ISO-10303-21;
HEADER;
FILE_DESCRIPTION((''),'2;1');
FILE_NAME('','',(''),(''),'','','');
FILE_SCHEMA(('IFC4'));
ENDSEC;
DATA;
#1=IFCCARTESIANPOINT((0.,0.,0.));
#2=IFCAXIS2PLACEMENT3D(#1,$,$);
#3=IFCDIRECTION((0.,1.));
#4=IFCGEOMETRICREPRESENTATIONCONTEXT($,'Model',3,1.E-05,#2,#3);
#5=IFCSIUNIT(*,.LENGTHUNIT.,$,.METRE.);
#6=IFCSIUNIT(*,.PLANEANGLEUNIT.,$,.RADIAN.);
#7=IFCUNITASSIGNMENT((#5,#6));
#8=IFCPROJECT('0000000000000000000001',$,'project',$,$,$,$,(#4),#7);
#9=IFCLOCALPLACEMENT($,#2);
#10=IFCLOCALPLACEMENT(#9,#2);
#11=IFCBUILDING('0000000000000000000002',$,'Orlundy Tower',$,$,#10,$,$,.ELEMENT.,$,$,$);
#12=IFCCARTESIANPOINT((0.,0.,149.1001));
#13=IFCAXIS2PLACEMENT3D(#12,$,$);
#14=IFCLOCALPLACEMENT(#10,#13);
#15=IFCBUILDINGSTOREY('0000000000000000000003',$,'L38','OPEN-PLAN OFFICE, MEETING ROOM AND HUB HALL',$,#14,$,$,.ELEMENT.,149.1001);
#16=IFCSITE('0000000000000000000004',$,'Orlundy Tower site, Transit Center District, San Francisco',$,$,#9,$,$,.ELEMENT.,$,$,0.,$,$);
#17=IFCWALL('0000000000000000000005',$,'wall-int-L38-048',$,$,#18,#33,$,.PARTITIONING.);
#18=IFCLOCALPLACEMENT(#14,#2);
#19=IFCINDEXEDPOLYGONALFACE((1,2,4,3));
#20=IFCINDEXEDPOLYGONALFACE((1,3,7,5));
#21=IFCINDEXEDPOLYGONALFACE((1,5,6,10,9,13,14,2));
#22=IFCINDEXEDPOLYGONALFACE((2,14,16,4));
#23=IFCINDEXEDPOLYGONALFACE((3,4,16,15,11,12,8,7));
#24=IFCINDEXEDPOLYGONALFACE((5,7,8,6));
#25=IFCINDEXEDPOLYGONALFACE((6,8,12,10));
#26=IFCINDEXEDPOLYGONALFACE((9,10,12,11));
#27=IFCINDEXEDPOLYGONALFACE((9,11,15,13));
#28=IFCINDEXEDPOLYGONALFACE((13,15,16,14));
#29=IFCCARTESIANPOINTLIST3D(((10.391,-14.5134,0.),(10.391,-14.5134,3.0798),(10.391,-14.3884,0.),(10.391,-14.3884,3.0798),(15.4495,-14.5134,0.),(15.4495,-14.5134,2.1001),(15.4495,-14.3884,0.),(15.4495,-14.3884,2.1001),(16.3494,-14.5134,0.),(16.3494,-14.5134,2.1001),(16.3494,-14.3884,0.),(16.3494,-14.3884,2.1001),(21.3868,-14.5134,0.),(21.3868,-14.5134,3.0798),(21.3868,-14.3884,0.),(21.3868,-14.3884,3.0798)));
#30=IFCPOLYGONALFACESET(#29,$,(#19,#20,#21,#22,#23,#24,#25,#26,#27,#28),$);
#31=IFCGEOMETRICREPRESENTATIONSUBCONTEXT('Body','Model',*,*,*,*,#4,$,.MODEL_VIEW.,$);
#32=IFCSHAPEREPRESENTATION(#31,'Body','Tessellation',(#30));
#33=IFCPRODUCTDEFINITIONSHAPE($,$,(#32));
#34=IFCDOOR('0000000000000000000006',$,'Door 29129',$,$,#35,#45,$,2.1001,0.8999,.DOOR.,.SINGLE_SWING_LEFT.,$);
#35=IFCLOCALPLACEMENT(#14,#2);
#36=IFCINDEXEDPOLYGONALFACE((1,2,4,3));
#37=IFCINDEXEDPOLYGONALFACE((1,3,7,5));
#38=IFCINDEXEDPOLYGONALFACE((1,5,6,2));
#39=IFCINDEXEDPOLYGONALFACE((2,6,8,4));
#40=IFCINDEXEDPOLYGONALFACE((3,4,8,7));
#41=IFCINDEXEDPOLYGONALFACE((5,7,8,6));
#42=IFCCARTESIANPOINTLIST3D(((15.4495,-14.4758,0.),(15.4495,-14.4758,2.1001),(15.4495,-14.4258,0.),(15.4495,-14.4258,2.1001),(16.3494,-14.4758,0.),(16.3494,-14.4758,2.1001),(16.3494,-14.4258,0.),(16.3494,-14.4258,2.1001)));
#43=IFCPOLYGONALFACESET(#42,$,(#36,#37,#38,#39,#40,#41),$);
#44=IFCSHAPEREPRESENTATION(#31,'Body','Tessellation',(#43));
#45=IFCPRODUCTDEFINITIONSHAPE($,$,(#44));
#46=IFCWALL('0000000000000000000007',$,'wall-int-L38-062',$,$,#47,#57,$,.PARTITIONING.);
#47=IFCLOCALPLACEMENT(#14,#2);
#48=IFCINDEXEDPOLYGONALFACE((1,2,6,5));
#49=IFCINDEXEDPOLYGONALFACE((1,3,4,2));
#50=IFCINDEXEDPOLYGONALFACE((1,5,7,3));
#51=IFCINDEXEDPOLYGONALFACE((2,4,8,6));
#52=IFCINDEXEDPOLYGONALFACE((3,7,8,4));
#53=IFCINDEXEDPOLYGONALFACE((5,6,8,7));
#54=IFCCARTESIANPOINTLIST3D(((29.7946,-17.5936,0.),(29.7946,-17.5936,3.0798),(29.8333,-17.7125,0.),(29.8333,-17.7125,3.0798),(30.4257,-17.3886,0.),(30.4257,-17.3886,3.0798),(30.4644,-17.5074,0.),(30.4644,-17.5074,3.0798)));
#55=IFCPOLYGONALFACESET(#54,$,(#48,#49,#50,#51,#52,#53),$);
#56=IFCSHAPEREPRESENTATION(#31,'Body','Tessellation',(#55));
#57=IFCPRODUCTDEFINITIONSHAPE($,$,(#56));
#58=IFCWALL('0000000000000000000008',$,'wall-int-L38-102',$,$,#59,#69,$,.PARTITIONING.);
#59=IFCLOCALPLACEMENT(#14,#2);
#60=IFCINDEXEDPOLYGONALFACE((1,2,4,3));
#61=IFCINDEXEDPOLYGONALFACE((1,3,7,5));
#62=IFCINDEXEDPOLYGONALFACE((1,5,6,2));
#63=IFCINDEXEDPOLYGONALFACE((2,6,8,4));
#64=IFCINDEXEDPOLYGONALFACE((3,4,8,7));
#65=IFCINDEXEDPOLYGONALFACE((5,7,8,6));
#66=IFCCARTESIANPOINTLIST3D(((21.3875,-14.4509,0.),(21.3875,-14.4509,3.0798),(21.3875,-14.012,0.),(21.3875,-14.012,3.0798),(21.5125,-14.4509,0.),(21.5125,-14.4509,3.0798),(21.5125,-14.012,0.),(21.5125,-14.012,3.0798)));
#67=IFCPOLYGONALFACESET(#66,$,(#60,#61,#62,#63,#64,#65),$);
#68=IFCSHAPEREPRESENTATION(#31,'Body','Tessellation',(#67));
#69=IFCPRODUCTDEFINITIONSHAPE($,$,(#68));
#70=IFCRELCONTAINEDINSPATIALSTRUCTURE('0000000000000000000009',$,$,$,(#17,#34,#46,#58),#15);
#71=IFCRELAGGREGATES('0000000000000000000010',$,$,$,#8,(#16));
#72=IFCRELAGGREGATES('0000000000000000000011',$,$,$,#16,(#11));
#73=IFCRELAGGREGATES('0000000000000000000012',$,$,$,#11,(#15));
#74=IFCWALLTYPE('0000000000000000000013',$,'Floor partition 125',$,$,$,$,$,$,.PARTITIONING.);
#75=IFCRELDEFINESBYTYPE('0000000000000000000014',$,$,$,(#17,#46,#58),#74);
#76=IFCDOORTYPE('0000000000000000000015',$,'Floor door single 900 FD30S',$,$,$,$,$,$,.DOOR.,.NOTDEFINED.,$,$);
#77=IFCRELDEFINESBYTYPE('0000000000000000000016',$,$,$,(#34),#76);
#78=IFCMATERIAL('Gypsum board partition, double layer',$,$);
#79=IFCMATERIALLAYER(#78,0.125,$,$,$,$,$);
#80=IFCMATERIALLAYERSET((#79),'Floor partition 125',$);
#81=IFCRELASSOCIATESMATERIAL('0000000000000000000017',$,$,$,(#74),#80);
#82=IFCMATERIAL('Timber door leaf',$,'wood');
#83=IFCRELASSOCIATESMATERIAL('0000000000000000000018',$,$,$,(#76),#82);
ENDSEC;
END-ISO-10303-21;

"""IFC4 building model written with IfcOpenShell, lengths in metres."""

from ifc_helpers import new_model, si_unit, direction, frame, frame_2d, origin, place, context, subcontext, project, spatial, rectangle, extrude, material, layer, layer_set, type_object, element, fill, save


model = new_model("IFC4")

# Units and contexts
model_context = context("Model", 3, precision=1e-05, world=origin(), true_north=direction((0.0, 1.0)))
body_context = subcontext(model_context, "Body", "Model", "MODEL_VIEW")
ifc_project = project(units=[si_unit("LENGTHUNIT", "METRE"), si_unit("PLANEANGLEUNIT", "RADIAN")], contexts=[model_context])

# Site, building, storey
site_placement = place(None, origin())
site = spatial("IfcSite", under=ifc_project, at=site_placement, Name="Orlundy Tower site, Transit Center District, San Francisco", CompositionType="ELEMENT", RefElevation=0.0)
building_placement = place(site_placement, origin())
building = spatial("IfcBuilding", under=site, at=building_placement, Name="Orlundy Tower", CompositionType="ELEMENT")
storey_placement = place(building_placement, frame((0.0, 0.0, 149.1001)))
storey = spatial("IfcBuildingStorey", under=building, at=storey_placement, Name="L38", Description="OPEN-PLAN OFFICE, MEETING ROOM AND HUB HALL", CompositionType="ELEMENT", Elevation=149.1001)

# Shared definitions
ifc_material_1 = material(Name="Gypsum board partition, double layer")
ifc_layer_1 = layer(ifc_material_1, 0.125)
ifc_layer_set_1 = layer_set([ifc_layer_1], Name="Floor partition 125")
wall_type = type_object("IfcWallType", Name="Floor partition 125", PredefinedType="PARTITIONING", material=ifc_layer_set_1)

# Wall, opening, door
wall_1_placement = place(storey_placement, frame((21.387, -14.4509, 0.0), z_axis=(0.0, 0.0, 1.0), x_axis=(-1.0, 0.0, 0.0)))
wall_1 = element("IfcWall", 1, at=wall_1_placement, inside=storey, type_object=wall_type, Name="wall-int-L38-048", PredefinedType="PARTITIONING", context=body_context, shape_type="SweptSolid", body=[
    extrude(rectangle(XDim=10.9958, YDim=0.125, at=frame_2d((5.498, 0.0))), origin(), (0.0, 0.0, 1.0), 3.0798),
])
opening_placement = place(wall_1_placement, frame((5.0376, 0.0, 0.0)))
opening = element("IfcOpeningElement", 2, at=opening_placement, cuts=wall_1, PredefinedType="OPENING", context=body_context, shape_type="SweptSolid", body=[
    extrude(rectangle(XDim=0.8999, YDim=2.1001, at=frame_2d((0.45, 1.05))), frame((0.0, 0.0725, 0.0), z_axis=(0.0, -1.0, 0.0), x_axis=(1.0, 0.0, 0.0)), (0.0, 0.0, 1.0), 0.145),
])
ifc_material_2 = material(Name="Timber door leaf", Category="wood")
door_type = type_object("IfcDoorType", Name="Floor door single 900 FD30S", OperationType="NOTDEFINED", PredefinedType="DOOR", material=ifc_material_2)
door_placement = place(opening_placement, origin())
door = element("IfcDoor", 3, at=door_placement, inside=storey, type_object=door_type, Name="Door 29129", OperationType="SINGLE_SWING_LEFT", OverallHeight=2.1001, OverallWidth=0.8999, PredefinedType="DOOR", context=body_context, shape_type="SweptSolid", body=[
    extrude(rectangle(XDim=0.8999, YDim=2.1001, at=frame_2d((0.45, 1.05))), frame((0.0, 0.0249, 0.0), z_axis=(0.0, -1.0, 0.0), x_axis=(1.0, 0.0, 0.0)), (0.0, 0.0, 1.0), 0.05),
])
fill(opening, door)

# Walls
wall_2_placement = place(storey_placement, frame((29.814, -17.6531, 0.0), z_axis=(0.0, 0.0, 1.0), x_axis=(0.951048, 0.309044, 0.0)))
element("IfcWall", 4, at=wall_2_placement, inside=storey, type_object=wall_type, Name="wall-int-L38-062", PredefinedType="PARTITIONING", context=body_context, shape_type="SweptSolid", body=[
    extrude(rectangle(XDim=0.6636, YDim=0.125, at=frame_2d((0.3318, 0.0))), origin(), (0.0, 0.0, 1.0), 3.0798),
])
wall_3_placement = place(storey_placement, frame((21.45, -14.4509, 0.0), z_axis=(0.0, 0.0, 1.0), x_axis=(0.0, 1.0, 0.0)))
element("IfcWall", 5, at=wall_3_placement, inside=storey, type_object=wall_type, Name="wall-int-L38-102", PredefinedType="PARTITIONING", context=body_context, shape_type="SweptSolid", body=[
    extrude(rectangle(XDim=0.439, YDim=0.125, at=frame_2d((0.2195, 0.0))), origin(), (0.0, 0.0, 1.0), 3.0798),
])

save(model, "model.ifc")
